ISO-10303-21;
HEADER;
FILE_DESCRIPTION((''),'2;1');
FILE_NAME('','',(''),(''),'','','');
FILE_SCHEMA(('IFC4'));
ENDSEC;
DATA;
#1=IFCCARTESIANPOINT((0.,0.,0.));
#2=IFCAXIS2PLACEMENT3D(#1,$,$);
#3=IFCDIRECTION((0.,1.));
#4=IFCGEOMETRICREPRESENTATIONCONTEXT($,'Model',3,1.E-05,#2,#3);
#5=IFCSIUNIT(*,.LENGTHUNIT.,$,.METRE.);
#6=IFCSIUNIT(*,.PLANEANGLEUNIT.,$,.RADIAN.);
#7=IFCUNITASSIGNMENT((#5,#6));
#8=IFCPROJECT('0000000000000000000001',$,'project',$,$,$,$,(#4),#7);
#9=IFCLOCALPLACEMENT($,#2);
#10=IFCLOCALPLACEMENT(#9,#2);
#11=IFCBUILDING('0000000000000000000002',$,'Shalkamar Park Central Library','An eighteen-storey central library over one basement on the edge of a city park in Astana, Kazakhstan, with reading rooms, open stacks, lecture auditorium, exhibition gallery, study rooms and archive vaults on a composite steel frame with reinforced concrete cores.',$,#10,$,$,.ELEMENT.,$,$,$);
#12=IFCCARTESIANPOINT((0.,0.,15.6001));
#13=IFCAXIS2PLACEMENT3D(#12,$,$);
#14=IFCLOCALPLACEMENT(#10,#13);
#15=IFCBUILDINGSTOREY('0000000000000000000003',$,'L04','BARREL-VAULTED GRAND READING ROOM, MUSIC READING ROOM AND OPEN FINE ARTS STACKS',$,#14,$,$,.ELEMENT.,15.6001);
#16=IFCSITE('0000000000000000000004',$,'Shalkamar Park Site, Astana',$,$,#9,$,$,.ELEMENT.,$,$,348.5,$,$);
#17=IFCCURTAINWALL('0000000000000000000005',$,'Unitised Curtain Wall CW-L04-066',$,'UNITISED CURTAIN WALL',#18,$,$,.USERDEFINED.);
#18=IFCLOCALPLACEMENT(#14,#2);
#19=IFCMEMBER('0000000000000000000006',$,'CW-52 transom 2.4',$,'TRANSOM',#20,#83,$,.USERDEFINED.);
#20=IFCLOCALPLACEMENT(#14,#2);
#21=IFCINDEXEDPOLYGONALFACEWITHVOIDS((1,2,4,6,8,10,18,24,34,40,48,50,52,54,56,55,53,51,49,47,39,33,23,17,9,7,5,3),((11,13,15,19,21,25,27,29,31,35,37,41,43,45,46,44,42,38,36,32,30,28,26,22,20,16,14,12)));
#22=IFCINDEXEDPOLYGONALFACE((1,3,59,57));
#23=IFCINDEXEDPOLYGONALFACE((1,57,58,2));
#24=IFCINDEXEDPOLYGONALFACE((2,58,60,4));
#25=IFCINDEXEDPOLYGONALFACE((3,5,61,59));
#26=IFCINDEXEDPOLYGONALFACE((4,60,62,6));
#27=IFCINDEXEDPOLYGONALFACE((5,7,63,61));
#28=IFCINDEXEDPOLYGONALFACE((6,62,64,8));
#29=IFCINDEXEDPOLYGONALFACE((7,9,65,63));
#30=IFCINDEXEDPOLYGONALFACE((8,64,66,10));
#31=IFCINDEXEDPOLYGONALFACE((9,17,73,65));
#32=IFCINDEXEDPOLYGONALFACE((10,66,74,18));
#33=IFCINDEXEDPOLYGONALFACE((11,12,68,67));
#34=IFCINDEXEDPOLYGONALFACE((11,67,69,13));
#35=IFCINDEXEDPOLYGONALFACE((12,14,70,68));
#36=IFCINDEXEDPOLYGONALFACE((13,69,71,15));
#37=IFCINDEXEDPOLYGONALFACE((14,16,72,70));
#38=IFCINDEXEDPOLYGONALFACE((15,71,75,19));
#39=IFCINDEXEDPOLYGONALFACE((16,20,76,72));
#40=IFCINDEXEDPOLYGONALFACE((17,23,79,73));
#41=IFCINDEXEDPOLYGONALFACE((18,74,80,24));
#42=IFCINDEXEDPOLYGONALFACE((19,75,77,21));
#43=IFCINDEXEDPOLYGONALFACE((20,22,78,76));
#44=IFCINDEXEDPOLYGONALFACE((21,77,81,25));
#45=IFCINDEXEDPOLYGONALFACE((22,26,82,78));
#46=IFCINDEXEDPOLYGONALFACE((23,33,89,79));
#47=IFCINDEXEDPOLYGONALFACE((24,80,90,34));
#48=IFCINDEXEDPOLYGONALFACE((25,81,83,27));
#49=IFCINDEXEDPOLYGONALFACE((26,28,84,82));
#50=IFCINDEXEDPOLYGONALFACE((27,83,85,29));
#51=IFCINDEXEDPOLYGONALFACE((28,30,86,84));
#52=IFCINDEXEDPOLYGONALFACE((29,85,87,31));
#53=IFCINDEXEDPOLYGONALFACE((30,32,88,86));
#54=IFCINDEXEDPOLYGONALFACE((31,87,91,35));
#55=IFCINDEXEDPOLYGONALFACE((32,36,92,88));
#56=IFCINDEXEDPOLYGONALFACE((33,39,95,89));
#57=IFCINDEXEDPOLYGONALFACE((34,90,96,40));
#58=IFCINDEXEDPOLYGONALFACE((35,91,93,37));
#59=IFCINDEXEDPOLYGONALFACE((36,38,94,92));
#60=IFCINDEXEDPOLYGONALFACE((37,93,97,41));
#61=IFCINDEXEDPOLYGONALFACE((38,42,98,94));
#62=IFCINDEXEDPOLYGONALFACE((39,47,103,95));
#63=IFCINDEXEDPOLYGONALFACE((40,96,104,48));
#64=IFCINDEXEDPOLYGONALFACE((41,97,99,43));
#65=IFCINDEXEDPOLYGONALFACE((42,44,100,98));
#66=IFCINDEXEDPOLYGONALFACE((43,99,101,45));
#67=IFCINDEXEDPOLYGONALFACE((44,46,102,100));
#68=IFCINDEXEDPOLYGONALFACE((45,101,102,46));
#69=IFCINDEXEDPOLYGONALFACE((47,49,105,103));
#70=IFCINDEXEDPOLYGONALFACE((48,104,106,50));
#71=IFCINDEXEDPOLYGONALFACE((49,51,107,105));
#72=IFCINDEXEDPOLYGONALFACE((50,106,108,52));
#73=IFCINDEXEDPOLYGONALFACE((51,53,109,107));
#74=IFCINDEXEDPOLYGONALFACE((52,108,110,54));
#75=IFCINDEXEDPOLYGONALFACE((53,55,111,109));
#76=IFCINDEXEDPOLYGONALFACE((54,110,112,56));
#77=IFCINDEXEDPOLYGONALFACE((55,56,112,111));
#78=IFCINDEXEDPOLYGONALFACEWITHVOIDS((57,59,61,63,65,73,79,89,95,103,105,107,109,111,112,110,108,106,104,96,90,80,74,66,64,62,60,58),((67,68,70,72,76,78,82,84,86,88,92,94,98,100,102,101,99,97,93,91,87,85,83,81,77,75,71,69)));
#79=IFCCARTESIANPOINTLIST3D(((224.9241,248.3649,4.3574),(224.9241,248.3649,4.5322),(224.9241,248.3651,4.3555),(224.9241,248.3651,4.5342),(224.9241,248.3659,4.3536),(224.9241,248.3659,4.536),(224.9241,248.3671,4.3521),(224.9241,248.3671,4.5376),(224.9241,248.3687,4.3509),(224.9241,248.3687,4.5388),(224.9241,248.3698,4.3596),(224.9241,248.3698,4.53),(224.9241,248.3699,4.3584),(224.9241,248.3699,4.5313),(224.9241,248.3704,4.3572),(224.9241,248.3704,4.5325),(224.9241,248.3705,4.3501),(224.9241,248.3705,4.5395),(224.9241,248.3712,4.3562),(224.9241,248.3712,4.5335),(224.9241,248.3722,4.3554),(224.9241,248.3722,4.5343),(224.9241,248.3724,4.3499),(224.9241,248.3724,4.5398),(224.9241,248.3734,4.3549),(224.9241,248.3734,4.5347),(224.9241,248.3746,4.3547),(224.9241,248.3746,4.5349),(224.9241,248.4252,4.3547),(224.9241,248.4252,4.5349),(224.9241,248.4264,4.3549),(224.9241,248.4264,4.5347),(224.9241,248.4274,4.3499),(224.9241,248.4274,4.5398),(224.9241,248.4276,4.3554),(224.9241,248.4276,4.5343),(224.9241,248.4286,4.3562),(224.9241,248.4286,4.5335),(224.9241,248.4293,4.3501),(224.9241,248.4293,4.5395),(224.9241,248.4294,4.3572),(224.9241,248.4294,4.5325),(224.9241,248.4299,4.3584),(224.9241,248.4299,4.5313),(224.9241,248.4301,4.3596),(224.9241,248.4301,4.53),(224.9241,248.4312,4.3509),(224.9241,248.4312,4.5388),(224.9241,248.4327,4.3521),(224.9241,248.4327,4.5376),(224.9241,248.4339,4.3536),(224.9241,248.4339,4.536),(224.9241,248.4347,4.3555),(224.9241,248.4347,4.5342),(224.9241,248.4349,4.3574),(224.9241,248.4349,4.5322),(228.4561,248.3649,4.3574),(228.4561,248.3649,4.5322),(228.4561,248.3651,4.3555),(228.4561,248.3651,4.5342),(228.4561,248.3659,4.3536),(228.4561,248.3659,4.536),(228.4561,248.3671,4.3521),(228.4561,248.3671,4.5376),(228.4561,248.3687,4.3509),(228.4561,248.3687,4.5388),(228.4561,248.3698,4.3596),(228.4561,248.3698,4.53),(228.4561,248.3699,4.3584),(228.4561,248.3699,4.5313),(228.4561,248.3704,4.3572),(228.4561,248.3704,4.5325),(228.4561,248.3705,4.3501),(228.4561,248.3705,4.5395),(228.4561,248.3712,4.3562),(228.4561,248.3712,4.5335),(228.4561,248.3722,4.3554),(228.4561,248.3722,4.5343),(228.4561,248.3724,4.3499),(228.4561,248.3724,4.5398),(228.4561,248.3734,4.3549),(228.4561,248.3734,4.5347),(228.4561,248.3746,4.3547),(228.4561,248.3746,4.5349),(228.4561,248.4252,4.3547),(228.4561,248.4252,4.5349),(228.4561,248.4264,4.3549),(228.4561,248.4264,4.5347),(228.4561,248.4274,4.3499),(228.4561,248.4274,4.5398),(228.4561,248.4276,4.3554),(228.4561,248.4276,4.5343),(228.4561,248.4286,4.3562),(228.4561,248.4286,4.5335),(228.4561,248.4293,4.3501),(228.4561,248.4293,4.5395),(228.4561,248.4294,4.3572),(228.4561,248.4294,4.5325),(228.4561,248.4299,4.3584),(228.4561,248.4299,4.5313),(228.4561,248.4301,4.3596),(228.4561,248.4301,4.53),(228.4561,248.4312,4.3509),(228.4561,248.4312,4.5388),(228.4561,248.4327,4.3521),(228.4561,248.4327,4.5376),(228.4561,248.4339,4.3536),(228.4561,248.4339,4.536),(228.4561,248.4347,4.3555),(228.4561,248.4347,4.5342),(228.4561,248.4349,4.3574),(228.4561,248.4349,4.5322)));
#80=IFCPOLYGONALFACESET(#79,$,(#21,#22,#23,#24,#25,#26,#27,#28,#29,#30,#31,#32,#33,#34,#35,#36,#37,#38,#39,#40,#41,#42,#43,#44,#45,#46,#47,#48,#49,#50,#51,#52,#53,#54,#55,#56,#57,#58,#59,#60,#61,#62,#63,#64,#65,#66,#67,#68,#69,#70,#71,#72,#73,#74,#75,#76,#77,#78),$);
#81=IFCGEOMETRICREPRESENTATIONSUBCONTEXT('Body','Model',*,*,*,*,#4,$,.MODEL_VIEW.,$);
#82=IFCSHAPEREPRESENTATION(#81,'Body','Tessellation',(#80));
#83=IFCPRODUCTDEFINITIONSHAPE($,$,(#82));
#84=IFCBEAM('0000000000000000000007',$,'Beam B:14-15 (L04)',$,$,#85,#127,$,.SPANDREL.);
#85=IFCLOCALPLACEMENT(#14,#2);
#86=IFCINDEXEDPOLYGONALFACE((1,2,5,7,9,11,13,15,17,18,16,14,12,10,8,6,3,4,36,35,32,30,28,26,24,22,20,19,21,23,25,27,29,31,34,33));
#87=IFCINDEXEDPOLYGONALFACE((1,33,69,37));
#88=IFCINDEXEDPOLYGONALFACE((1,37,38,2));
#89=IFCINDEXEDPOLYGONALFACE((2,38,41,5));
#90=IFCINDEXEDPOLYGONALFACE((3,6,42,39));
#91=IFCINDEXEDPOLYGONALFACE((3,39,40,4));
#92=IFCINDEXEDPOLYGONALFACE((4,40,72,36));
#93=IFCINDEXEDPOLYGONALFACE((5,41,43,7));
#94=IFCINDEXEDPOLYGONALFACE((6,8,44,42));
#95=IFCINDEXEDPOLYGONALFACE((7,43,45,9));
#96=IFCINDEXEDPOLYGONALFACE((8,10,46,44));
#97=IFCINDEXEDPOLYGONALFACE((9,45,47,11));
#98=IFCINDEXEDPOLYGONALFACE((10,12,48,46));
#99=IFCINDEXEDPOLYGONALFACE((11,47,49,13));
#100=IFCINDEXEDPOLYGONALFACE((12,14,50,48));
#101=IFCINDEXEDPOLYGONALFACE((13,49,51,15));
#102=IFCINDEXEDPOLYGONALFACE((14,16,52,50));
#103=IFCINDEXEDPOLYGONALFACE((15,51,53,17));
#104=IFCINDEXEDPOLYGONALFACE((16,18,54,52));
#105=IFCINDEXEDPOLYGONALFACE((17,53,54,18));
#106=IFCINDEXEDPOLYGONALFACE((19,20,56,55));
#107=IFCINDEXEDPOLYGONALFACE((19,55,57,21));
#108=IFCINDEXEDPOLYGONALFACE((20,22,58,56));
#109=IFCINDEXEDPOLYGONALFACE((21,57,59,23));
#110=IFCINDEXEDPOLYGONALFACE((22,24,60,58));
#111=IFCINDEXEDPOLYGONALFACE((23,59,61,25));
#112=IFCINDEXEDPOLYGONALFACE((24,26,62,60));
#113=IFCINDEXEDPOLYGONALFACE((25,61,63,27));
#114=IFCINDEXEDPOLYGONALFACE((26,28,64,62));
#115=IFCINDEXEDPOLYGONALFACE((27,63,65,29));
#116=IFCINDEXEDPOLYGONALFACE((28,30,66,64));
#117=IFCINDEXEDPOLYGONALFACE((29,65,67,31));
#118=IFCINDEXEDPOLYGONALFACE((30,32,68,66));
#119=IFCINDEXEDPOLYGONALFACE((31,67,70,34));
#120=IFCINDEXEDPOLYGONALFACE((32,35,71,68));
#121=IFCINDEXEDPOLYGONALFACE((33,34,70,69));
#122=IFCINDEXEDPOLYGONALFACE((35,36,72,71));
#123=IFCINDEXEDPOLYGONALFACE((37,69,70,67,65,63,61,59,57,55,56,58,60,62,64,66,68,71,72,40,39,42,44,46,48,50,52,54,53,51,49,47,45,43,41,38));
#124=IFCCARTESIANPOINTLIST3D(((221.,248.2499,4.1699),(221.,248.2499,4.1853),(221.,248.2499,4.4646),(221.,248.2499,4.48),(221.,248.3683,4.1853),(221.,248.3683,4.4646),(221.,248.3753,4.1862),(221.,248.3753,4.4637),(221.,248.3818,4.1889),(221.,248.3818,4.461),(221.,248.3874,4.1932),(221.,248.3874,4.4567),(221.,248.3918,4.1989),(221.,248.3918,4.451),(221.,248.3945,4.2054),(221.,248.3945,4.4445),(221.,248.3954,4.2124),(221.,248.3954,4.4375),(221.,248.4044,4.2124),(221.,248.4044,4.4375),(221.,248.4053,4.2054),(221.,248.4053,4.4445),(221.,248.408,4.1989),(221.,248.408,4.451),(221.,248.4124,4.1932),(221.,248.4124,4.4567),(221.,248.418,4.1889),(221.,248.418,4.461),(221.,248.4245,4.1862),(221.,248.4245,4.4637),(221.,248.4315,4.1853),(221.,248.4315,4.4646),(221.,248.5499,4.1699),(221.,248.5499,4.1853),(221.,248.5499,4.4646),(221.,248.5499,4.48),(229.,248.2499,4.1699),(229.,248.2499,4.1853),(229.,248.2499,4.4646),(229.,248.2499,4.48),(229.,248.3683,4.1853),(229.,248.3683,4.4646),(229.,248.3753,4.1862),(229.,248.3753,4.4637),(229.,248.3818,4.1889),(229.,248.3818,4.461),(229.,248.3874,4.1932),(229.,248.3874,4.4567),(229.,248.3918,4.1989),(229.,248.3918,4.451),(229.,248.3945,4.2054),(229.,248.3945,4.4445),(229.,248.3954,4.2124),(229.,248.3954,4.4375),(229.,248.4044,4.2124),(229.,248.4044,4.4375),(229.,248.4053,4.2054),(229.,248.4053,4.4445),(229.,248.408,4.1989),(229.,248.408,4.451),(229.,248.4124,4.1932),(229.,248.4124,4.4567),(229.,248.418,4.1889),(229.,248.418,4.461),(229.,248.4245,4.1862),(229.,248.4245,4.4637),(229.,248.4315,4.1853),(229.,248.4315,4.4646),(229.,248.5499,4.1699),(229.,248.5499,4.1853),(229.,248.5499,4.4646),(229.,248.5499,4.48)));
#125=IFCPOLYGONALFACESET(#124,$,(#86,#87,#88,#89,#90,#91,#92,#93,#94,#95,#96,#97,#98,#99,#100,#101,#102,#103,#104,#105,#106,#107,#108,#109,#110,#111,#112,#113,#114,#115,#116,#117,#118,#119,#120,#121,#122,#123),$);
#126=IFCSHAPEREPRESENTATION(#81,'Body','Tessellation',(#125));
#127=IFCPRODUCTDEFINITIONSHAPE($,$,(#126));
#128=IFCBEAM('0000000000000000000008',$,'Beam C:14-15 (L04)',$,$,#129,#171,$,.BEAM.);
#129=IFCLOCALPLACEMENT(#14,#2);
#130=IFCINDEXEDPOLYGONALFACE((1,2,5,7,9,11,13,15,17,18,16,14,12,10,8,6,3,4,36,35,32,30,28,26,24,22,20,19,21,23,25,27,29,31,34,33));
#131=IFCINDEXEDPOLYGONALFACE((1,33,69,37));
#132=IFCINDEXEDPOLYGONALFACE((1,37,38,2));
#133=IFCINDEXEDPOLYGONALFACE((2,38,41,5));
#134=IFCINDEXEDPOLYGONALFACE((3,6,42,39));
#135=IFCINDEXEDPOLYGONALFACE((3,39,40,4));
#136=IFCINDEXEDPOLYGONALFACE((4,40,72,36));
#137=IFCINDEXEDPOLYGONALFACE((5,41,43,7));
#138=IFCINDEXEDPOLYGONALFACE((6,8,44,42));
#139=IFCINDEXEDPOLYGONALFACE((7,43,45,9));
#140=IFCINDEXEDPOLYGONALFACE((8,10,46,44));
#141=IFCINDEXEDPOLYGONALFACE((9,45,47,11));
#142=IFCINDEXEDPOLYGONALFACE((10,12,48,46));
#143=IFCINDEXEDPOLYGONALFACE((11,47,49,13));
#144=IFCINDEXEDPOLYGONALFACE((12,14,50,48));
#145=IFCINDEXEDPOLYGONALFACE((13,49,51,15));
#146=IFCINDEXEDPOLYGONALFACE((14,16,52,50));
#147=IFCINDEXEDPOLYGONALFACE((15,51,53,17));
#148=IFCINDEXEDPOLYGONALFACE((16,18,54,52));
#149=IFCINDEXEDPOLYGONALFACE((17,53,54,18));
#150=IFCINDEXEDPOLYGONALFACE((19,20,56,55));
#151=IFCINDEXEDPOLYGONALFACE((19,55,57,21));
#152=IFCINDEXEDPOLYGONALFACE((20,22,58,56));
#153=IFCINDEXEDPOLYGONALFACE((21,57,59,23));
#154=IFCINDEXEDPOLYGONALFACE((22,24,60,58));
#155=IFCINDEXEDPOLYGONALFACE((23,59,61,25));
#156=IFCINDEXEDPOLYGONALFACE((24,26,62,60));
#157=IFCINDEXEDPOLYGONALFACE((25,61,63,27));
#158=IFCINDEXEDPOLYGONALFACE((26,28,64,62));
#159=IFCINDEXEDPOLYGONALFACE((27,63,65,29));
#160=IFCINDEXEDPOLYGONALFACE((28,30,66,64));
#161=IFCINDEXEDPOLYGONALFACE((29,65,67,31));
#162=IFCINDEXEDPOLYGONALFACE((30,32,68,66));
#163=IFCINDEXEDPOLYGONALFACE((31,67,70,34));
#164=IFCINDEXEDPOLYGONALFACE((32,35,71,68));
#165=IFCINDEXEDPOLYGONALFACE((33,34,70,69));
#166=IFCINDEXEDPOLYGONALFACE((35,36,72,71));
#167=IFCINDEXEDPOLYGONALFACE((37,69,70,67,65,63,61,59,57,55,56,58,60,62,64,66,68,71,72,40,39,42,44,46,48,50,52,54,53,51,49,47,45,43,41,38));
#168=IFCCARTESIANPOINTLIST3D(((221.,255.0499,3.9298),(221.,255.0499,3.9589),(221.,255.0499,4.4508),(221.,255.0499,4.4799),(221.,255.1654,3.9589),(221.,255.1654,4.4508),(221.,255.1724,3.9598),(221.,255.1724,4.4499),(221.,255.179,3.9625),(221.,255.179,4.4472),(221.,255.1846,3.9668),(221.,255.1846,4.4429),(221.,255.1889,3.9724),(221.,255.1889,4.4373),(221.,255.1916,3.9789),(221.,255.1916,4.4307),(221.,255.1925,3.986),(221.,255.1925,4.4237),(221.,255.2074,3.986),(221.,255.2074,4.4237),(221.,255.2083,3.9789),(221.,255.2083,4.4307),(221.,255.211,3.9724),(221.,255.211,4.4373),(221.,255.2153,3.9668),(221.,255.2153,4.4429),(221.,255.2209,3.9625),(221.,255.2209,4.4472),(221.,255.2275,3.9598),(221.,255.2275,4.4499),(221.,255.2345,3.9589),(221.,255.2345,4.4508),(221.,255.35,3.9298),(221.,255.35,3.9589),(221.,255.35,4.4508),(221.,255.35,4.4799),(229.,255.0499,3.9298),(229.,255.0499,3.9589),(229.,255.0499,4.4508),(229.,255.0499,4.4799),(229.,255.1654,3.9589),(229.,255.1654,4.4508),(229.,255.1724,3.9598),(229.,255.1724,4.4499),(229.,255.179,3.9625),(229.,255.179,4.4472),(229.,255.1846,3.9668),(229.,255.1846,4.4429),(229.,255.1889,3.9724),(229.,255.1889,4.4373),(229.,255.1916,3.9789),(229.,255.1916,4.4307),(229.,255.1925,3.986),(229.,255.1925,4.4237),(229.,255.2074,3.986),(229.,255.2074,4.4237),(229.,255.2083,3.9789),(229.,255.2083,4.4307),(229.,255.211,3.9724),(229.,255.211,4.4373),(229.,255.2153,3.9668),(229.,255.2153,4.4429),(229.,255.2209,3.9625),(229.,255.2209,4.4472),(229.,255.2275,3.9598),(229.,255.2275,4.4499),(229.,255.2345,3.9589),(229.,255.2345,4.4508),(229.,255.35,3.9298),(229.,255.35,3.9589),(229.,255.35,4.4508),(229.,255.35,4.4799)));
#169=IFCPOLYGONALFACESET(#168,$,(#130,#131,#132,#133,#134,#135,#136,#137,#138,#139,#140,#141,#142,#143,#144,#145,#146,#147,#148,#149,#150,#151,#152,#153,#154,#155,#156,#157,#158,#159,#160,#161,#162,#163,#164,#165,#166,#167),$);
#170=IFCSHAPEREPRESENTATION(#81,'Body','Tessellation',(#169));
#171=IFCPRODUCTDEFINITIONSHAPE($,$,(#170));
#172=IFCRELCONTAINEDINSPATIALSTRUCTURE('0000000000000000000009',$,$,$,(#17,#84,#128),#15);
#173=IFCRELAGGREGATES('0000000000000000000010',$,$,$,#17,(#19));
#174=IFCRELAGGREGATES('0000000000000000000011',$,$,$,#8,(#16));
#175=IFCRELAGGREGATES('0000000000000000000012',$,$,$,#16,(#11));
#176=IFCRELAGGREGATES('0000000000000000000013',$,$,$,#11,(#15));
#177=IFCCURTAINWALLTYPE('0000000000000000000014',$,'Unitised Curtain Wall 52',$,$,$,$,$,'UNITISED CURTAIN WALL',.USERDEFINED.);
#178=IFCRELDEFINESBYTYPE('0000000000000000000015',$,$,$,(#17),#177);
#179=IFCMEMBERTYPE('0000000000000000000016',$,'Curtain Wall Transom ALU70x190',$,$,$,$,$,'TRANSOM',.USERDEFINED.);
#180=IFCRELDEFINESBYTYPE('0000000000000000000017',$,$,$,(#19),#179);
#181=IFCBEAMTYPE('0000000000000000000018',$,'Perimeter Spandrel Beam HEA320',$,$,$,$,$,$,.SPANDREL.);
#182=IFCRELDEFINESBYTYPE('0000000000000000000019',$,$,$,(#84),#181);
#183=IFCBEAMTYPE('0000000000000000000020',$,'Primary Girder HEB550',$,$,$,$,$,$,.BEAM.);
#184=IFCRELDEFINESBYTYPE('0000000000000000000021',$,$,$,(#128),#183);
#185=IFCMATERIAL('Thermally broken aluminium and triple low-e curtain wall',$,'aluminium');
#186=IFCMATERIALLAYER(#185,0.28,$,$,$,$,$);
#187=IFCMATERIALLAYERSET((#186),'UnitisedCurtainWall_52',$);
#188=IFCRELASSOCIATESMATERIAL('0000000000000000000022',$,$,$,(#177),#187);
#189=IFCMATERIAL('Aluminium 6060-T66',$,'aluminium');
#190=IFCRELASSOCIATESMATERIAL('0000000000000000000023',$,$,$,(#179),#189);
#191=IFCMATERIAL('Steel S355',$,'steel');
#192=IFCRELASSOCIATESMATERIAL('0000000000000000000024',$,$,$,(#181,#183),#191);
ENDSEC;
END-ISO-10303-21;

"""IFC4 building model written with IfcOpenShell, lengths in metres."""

from ifc_helpers import new_model, si_unit, direction, frame, origin, origin_2d, place, context, subcontext, project, spatial, hollow_rectangle, i_section, extrude, material, layer, layer_set, material_profile, profile_set, type_object, element, aggregate, save


model = new_model("IFC4")

# Units and contexts
model_context = context("Model", 3, precision=1e-05, world=origin(), true_north=direction((0.0, 1.0)))
body_context = subcontext(model_context, "Body", "Model", "MODEL_VIEW")
ifc_project = project(units=[si_unit("LENGTHUNIT", "METRE"), si_unit("PLANEANGLEUNIT", "RADIAN")], contexts=[model_context])

# Site, building, storey
site_placement = place(None, origin())
site = spatial("IfcSite", under=ifc_project, at=site_placement, Name="Shalkamar Park Site, Astana", CompositionType="ELEMENT", RefElevation=348.5)
building_placement = place(site_placement, origin())
building = spatial("IfcBuilding", under=site, at=building_placement, Name="Shalkamar Park Central Library", Description="An eighteen-storey central library over one basement on the edge of a city park in Astana, Kazakhstan, with reading rooms, open stacks, lecture auditorium, exhibition gallery, study rooms and archive vaults on a composite steel frame with reinforced concrete cores.", CompositionType="ELEMENT")
storey_placement = place(building_placement, frame((0.0, 0.0, 15.6001)))
storey = spatial("IfcBuildingStorey", under=building, at=storey_placement, Name="L04", Description="BARREL-VAULTED GRAND READING ROOM, MUSIC READING ROOM AND OPEN FINE ARTS STACKS", CompositionType="ELEMENT", Elevation=15.6001)

# Shared definitions
ifc_material_1 = material(Name="Steel S355", Category="steel")

# Curtain wall, member
ifc_material_2 = material(Name="Thermally broken aluminium and triple low-e curtain wall", Category="aluminium")
ifc_layer_1 = layer(ifc_material_2, 0.28)
ifc_layer_set_1 = layer_set([ifc_layer_1], Name="UnitisedCurtainWall_52")
curtain_wall_type = type_object("IfcCurtainWallType", Name="Unitised Curtain Wall 52", ElementType="UNITISED CURTAIN WALL", PredefinedType="USERDEFINED", material=ifc_layer_set_1)
curtain_wall_placement = place(storey_placement, origin())
curtain_wall = element("IfcCurtainWall", 1, at=curtain_wall_placement, inside=storey, type_object=curtain_wall_type, Name="Unitised Curtain Wall CW-L04-066", ObjectType="UNITISED CURTAIN WALL", PredefinedType="USERDEFINED")
ifc_material_3 = material(Name="Aluminium 6060-T66", Category="aluminium")
ifc_material_profile_1 = material_profile(ifc_material_3, hollow_rectangle(XDim=0.0701, YDim=0.1899, WallThickness=0.0049, InnerFilletRadius=0.0049, OuterFilletRadius=0.0076, at=origin_2d()), Name="ALU 70x190x5")
ifc_profile_set_1 = profile_set([ifc_material_profile_1], Name="Aluminium 6060-T66")
member_type_1 = type_object("IfcMemberType", Name="Curtain Wall Transom ALU70x190", ElementType="TRANSOM", PredefinedType="USERDEFINED", material=ifc_profile_set_1)
member_1_placement = place(storey_placement, frame((224.9241, 248.3999, 4.4448), z_axis=(1.0, 0.0, 0.0), x_axis=(0.0, 1.0, 0.0)))
member_1 = element("IfcMember", 2, at=member_1_placement, type_object=member_type_1, Name="CW-52 transom 2.4", ObjectType="TRANSOM", PredefinedType="USERDEFINED", context=body_context, shape_type="SweptSolid", body=[
    extrude(hollow_rectangle(XDim=0.0701, YDim=0.1899, WallThickness=0.0049, InnerFilletRadius=0.0049, OuterFilletRadius=0.0076, at=origin_2d()), origin(), (0.0, 0.0, 1.0), 3.532),
])

# Beams
ifc_material_profile_2 = material_profile(ifc_material_1, i_section(OverallWidth=0.3, OverallDepth=0.3101, WebThickness=0.009, FlangeThickness=0.0154, FilletRadius=0.0271, at=origin_2d()), Name="HEA 320")
ifc_profile_set_2 = profile_set([ifc_material_profile_2], Name="Steel S355")
beam_type_1 = type_object("IfcBeamType", Name="Perimeter Spandrel Beam HEA320", PredefinedType="SPANDREL", material=ifc_profile_set_2)
beam_1_placement = place(storey_placement, frame((221.0, 248.3999, 4.325), z_axis=(1.0, 0.0, 0.0), x_axis=(0.0, 1.0, 0.0)))
element("IfcBeam", 3, at=beam_1_placement, inside=storey, type_object=beam_type_1, Name="Beam B:14-15 (L04)", PredefinedType="SPANDREL", context=body_context, shape_type="SweptSolid", body=[
    extrude(i_section(OverallWidth=0.3, OverallDepth=0.3101, WebThickness=0.009, FlangeThickness=0.0154, FilletRadius=0.0271, at=origin_2d()), origin(), (0.0, 0.0, 1.0), 8.0),
])
ifc_material_profile_3 = material_profile(ifc_material_1, i_section(OverallWidth=0.3, OverallDepth=0.55, WebThickness=0.0149, FlangeThickness=0.0291, FilletRadius=0.0271, at=origin_2d()), Name="HEB 550")
ifc_profile_set_3 = profile_set([ifc_material_profile_3], Name="Steel S355")
beam_type_2 = type_object("IfcBeamType", Name="Primary Girder HEB550", PredefinedType="BEAM", material=ifc_profile_set_3)
beam_2_placement = place(storey_placement, frame((221.0, 255.2, 4.2048), z_axis=(1.0, 0.0, 0.0), x_axis=(0.0, 1.0, 0.0)))
element("IfcBeam", 4, at=beam_2_placement, inside=storey, type_object=beam_type_2, Name="Beam C:14-15 (L04)", PredefinedType="BEAM", context=body_context, shape_type="SweptSolid", body=[
    extrude(i_section(OverallWidth=0.3, OverallDepth=0.55, WebThickness=0.0149, FlangeThickness=0.0291, FilletRadius=0.0271, at=origin_2d()), origin(), (0.0, 0.0, 1.0), 8.0),
])

aggregate(curtain_wall, [member_1])

save(model, "model.ifc")
